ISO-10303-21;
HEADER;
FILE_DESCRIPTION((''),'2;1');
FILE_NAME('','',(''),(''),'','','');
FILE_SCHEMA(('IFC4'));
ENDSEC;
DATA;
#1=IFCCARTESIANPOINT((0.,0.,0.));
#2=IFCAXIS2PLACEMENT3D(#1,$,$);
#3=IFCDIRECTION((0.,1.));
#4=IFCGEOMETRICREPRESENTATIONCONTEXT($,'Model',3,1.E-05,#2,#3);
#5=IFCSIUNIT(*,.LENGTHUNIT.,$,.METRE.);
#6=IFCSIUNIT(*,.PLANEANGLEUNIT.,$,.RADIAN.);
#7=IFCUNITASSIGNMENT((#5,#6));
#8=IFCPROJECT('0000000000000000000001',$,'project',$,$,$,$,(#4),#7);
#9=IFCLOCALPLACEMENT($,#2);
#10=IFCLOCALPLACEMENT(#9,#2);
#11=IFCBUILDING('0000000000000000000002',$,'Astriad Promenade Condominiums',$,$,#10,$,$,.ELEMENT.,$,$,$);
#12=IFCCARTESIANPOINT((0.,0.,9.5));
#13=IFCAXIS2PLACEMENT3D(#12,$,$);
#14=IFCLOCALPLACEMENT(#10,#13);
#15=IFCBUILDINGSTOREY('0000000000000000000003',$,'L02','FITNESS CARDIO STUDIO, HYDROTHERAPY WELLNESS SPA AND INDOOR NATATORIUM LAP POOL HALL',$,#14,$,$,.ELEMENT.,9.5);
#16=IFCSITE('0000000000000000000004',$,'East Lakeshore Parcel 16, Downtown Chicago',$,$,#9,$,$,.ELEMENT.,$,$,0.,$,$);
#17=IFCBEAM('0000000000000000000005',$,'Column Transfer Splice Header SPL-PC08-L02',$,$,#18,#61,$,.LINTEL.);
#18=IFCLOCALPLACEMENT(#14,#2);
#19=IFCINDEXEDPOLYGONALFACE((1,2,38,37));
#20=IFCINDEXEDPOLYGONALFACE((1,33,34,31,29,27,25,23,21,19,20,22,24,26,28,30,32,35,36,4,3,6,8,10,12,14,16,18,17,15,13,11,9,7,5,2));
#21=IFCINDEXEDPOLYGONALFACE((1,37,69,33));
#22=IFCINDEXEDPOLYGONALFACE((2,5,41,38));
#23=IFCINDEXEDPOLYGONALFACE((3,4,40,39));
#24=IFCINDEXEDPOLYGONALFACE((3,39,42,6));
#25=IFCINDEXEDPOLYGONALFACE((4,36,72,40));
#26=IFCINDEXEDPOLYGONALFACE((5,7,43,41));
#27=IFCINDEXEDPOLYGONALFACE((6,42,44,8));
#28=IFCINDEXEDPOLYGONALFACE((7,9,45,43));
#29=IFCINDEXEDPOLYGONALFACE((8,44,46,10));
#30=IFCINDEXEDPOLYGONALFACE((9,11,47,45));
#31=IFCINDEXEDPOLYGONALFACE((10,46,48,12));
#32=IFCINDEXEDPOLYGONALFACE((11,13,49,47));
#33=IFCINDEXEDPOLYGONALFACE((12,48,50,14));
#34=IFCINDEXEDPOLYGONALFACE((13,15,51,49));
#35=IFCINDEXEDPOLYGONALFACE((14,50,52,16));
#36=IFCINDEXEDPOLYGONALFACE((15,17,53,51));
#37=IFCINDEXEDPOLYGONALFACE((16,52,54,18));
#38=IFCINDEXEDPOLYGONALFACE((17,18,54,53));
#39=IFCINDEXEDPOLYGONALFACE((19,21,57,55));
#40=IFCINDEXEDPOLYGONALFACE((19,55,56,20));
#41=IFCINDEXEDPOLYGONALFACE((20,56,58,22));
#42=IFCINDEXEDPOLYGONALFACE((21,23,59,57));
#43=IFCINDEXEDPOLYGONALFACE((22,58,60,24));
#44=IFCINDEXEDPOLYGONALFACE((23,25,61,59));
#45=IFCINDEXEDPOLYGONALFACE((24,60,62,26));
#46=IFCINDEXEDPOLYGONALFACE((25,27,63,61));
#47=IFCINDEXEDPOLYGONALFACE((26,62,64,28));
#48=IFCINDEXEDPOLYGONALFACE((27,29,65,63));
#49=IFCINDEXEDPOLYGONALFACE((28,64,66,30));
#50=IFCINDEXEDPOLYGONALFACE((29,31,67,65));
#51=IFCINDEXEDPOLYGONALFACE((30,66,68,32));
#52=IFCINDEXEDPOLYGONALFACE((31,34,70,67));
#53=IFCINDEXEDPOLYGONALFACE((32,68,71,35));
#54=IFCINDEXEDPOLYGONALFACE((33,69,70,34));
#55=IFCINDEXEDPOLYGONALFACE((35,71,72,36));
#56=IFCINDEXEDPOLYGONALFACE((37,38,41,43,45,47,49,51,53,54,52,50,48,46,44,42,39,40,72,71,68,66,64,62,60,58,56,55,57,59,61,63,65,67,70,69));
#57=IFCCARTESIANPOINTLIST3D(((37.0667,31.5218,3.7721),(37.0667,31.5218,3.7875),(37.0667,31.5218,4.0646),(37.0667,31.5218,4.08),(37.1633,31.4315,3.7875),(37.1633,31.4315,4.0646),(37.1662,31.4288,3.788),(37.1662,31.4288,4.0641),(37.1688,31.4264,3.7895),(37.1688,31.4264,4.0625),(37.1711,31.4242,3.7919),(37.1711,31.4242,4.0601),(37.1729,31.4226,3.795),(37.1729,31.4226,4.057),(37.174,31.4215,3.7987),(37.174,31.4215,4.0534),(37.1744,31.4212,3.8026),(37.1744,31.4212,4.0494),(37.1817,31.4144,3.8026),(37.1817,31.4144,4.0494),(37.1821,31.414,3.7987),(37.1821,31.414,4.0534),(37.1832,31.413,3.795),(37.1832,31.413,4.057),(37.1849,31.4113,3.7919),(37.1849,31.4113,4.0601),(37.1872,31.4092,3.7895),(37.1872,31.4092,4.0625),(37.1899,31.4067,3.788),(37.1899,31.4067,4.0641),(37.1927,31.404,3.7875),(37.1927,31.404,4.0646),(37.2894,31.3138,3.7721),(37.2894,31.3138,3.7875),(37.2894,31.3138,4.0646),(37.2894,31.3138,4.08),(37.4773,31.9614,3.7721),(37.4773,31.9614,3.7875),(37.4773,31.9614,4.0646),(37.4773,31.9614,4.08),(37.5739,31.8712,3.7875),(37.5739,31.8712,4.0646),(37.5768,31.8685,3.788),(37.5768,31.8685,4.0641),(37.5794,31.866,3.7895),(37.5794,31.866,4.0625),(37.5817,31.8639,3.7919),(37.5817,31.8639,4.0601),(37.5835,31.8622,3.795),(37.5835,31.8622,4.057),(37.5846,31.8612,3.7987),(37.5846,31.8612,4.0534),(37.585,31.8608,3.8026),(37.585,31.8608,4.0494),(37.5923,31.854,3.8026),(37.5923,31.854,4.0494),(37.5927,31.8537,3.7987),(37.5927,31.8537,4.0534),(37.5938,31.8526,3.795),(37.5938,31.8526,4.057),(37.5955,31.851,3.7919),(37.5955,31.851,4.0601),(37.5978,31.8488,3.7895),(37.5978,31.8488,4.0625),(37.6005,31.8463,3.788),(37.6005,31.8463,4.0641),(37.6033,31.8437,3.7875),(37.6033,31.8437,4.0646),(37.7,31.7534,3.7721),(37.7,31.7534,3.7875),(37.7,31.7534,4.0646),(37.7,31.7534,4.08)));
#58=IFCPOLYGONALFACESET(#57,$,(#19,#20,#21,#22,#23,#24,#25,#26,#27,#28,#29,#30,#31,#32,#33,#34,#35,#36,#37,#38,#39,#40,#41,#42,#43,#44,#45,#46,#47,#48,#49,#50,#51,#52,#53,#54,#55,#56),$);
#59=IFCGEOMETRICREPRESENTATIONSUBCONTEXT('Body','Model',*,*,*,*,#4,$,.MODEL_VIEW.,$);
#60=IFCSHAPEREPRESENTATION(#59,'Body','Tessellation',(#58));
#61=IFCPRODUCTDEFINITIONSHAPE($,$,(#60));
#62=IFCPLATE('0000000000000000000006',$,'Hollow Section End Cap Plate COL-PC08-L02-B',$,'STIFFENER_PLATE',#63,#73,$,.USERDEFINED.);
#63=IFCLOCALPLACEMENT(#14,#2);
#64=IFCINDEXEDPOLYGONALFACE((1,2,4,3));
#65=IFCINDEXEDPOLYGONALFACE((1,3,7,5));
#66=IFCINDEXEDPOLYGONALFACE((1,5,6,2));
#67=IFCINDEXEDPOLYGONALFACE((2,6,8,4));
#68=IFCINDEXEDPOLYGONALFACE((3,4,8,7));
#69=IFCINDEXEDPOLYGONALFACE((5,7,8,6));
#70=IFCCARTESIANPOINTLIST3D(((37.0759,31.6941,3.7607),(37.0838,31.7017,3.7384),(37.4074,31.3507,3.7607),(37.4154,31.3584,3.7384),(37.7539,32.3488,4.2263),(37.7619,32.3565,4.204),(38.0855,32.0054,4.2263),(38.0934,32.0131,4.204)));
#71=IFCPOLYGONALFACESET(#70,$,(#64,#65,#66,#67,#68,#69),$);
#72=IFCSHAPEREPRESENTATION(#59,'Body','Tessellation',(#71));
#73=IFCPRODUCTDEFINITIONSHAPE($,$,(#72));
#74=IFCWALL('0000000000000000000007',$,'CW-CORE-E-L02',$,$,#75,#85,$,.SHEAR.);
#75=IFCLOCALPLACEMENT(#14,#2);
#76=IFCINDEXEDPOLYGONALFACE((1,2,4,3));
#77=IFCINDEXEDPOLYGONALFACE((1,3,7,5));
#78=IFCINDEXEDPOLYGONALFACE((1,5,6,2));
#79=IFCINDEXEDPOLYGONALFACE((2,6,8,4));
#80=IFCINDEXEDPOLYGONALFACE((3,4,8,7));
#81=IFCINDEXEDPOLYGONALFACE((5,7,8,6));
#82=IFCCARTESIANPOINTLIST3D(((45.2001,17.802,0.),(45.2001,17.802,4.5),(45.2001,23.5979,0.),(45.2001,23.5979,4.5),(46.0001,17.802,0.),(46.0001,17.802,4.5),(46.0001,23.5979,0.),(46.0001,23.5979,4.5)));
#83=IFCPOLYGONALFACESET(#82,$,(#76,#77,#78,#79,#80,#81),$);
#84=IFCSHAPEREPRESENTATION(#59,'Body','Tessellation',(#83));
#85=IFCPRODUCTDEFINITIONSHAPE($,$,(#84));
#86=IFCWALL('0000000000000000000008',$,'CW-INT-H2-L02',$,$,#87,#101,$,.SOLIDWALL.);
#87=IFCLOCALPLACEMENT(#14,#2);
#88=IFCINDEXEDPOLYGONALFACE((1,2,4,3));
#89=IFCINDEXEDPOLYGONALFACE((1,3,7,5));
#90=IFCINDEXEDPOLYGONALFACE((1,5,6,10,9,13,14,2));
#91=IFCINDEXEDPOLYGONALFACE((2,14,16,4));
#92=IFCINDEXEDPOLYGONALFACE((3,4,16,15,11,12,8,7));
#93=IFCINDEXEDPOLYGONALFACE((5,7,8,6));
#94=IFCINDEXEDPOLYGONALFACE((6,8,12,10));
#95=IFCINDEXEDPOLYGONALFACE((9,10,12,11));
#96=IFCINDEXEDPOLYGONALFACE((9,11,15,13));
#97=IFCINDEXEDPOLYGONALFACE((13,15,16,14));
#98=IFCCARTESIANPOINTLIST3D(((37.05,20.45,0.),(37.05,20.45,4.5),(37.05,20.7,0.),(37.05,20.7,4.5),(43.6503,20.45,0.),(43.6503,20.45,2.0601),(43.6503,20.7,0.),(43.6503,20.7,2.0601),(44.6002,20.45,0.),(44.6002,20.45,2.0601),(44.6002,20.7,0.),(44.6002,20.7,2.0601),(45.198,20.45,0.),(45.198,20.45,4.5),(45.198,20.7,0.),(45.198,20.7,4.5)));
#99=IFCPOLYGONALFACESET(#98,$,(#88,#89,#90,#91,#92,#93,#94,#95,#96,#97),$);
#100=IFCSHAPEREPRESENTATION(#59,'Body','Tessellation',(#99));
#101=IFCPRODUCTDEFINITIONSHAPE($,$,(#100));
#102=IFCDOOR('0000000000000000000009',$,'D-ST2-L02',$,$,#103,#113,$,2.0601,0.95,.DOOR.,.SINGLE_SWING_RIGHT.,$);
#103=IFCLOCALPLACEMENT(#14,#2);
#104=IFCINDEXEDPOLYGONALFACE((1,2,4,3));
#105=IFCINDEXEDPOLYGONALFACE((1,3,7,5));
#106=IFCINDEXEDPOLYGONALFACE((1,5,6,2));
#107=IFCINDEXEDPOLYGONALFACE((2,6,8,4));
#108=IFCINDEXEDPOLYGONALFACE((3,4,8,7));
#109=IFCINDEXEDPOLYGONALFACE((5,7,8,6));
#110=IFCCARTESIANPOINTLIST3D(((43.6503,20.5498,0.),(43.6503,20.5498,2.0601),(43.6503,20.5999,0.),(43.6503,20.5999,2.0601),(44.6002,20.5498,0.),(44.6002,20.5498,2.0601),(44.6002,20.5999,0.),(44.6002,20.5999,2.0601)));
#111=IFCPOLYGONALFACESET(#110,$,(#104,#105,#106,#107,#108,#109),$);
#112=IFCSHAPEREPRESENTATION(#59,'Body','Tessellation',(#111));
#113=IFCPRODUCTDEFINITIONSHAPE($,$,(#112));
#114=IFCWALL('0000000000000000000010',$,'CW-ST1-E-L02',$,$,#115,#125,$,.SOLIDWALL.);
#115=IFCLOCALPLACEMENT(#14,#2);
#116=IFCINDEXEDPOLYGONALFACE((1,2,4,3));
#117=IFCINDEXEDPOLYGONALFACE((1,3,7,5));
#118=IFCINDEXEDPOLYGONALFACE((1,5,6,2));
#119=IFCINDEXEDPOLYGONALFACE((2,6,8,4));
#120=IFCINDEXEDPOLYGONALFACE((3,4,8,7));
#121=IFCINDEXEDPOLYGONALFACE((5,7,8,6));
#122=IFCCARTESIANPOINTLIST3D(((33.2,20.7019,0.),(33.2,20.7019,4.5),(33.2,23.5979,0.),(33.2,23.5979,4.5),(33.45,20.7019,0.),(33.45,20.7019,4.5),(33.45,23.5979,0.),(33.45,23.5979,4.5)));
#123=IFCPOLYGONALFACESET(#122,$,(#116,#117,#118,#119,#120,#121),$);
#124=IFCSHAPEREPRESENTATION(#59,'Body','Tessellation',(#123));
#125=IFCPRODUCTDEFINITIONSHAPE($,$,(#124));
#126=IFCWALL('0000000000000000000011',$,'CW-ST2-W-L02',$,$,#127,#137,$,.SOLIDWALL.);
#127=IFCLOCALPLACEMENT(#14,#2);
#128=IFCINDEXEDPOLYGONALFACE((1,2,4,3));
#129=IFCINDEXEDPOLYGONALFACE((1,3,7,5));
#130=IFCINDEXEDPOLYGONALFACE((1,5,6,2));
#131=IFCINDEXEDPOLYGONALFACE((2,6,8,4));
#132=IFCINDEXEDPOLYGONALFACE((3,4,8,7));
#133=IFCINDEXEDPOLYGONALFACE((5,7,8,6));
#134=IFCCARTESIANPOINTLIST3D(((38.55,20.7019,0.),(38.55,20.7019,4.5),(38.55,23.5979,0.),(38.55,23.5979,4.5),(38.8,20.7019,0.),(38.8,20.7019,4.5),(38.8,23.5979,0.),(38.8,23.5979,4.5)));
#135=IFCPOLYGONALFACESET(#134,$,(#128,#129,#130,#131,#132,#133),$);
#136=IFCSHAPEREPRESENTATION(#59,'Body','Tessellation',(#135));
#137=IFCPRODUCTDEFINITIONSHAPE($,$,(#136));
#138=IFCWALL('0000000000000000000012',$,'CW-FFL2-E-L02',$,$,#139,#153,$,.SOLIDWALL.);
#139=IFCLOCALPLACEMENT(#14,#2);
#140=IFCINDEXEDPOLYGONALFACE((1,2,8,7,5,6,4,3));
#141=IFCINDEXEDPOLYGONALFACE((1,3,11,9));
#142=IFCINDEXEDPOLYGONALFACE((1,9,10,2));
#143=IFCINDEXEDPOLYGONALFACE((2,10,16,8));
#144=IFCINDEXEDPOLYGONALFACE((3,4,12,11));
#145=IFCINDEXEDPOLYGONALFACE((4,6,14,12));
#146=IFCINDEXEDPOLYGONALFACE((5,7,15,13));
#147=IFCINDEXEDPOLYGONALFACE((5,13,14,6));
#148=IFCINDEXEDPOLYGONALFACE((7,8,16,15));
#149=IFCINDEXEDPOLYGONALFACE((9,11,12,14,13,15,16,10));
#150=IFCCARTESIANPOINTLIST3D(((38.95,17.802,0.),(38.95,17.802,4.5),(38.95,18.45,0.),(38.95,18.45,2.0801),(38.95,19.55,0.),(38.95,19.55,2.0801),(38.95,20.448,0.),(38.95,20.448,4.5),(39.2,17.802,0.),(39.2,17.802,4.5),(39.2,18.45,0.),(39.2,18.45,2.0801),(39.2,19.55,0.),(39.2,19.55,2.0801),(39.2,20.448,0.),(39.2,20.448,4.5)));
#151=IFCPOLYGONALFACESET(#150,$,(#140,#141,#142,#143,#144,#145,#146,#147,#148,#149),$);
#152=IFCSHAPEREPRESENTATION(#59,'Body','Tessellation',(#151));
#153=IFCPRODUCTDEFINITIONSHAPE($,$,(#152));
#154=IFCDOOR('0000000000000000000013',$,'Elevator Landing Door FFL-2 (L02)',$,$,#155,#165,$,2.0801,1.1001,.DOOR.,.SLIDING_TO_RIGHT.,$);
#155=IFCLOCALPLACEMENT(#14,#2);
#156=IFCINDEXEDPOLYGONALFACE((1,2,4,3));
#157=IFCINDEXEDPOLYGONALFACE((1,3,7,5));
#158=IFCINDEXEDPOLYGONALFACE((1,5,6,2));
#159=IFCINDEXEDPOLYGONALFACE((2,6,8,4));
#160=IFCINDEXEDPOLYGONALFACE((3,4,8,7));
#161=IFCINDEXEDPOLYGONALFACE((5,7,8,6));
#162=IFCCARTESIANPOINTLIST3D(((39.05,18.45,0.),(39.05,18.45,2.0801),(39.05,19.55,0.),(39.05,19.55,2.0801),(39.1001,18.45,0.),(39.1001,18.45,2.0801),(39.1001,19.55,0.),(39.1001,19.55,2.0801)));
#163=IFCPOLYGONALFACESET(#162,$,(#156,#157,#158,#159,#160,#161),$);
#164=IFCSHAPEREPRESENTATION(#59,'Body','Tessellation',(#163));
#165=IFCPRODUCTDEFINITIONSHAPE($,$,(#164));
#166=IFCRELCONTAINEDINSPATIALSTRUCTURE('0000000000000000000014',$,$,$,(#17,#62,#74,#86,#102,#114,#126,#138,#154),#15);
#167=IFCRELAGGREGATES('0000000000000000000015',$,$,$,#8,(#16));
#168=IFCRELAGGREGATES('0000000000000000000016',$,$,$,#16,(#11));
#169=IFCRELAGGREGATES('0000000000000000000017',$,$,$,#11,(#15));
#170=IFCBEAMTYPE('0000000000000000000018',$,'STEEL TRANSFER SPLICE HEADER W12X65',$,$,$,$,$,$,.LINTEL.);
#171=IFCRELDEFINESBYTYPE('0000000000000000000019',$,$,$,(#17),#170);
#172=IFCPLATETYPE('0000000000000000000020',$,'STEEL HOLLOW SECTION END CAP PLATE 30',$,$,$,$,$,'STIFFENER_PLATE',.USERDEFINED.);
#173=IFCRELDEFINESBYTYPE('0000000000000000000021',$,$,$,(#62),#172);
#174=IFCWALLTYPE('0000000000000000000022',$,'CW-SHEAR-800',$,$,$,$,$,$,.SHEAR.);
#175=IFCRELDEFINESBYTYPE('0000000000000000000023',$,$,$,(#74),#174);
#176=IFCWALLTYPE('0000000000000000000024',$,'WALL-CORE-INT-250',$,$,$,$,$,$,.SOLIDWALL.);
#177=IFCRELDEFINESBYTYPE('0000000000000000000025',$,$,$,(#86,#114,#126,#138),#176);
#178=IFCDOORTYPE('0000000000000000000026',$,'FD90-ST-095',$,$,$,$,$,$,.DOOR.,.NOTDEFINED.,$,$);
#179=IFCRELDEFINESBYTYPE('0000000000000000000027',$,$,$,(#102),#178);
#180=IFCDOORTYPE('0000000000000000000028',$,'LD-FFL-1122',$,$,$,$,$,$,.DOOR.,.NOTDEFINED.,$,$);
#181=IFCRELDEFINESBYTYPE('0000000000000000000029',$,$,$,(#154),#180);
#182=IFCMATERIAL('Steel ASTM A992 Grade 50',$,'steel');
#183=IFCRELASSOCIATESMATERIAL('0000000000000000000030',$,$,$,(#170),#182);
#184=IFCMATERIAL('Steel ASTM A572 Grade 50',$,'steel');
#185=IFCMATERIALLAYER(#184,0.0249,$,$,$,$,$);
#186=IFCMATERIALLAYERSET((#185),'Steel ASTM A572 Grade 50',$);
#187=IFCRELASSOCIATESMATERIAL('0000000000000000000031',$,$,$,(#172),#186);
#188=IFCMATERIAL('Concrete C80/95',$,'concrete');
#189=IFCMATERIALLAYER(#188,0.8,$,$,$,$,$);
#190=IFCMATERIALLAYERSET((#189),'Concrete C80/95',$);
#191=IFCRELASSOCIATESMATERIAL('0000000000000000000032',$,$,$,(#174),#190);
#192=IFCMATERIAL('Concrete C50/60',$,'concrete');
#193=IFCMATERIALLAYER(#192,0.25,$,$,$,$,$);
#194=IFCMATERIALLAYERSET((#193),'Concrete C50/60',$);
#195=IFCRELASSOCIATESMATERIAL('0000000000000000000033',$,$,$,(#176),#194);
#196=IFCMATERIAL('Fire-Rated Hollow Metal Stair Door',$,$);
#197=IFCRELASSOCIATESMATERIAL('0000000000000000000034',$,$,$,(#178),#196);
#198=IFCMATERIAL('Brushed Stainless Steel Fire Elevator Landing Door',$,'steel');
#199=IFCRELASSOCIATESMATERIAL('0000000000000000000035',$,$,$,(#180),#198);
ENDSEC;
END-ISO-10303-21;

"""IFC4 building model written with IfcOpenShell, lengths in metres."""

from ifc_helpers import new_model, si_unit, direction, frame, frame_2d, origin, origin_2d, place, context, subcontext, project, spatial, rectangle, i_section, extrude, source, transform, mapped, material, layer, layer_set, material_profile, profile_set, type_object, type_shapes, element, fill, save


model = new_model("IFC4")

# Units and contexts
model_context = context("Model", 3, precision=1e-05, world=origin(), true_north=direction((0.0, 1.0)))
body_context = subcontext(model_context, "Body", "Model", "MODEL_VIEW")
ifc_project = project(units=[si_unit("LENGTHUNIT", "METRE"), si_unit("PLANEANGLEUNIT", "RADIAN")], contexts=[model_context])

# Site, building, storey
site_placement = place(None, origin())
site = spatial("IfcSite", under=ifc_project, at=site_placement, Name="East Lakeshore Parcel 16, Downtown Chicago", CompositionType="ELEMENT", RefElevation=0.0)
building_placement = place(site_placement, origin())
building = spatial("IfcBuilding", under=site, at=building_placement, Name="Astriad Promenade Condominiums", CompositionType="ELEMENT")
storey_placement = place(building_placement, frame((0.0, 0.0, 9.5)))
storey = spatial("IfcBuildingStorey", under=building, at=storey_placement, Name="L02", Description="FITNESS CARDIO STUDIO, HYDROTHERAPY WELLNESS SPA AND INDOOR NATATORIUM LAP POOL HALL", CompositionType="ELEMENT", Elevation=9.5)

# Shared definitions
ifc_material_1 = material(Name="Steel ASTM A992 Grade 50", Category="steel")

# Beam
ifc_material_profile_1 = material_profile(ifc_material_1, i_section(OverallWidth=0.3047, OverallDepth=0.3079, WebThickness=0.01, FlangeThickness=0.0154, FilletRadius=0.0151, at=origin_2d()), Name="W12X65")
ifc_profile_set_1 = profile_set([ifc_material_profile_1], Name="Steel ASTM A992 Grade 50")
beam_type_1 = type_object("IfcBeamType", Name="STEEL TRANSFER SPLICE HEADER W12X65", PredefinedType="LINTEL", material=ifc_profile_set_1)
shared_shape_1 = source(origin(), body_context, "Body", "SweptSolid", [
    extrude(i_section(OverallWidth=0.3047, OverallDepth=0.3079, WebThickness=0.01, FlangeThickness=0.0154, FilletRadius=0.0151, at=origin_2d()), origin(), (0.0, 0.0, 1.0), 0.6016),
])
type_shapes(beam_type_1, [shared_shape_1])
beam_1_placement = place(storey_placement, frame((37.5886, 31.8574, 3.926), z_axis=(-0.68255, -0.730839, 0.0), x_axis=(0.730839, -0.68255, 0.0)))
element("IfcBeam", 1, at=beam_1_placement, inside=storey, type_object=beam_type_1, Name="Column Transfer Splice Header SPL-PC08-L02", PredefinedType="LINTEL", context=body_context, shape_type="MappedRepresentation", body=[
    mapped(shared_shape_1, transform((0.0, 0.0, 0.0), scale=1.0)),
])

# Plate
ifc_material_2 = material(Name="Steel ASTM A572 Grade 50", Category="steel")
ifc_layer_1 = layer(ifc_material_2, 0.0249)
ifc_layer_set_1 = layer_set([ifc_layer_1], Name="Steel ASTM A572 Grade 50")
plate_type = type_object("IfcPlateType", Name="STEEL HOLLOW SECTION END CAP PLATE 30", ElementType="STIFFENER_PLATE", PredefinedType="USERDEFINED", material=ifc_layer_set_1)
shared_shape_2 = source(origin(), body_context, "Body", "SweptSolid", [
    extrude(rectangle(XDim=0.4773, YDim=1.0513, at=origin_2d()), origin(), (0.0, 0.0, 1.0), 0.0249),
])
type_shapes(plate_type, [shared_shape_2])
plate_placement = place(storey_placement, frame((37.5886, 31.8574, 3.9712), z_axis=(-0.318617, -0.30766, 0.896565), x_axis=(0.69463, -0.719367, 0.0)))
element("IfcPlate", 2, at=plate_placement, inside=storey, type_object=plate_type, Name="Hollow Section End Cap Plate COL-PC08-L02-B", ObjectType="STIFFENER_PLATE", PredefinedType="USERDEFINED", context=body_context, shape_type="MappedRepresentation", body=[
    mapped(shared_shape_2, transform((0.0, 0.0, 0.0), scale=1.0)),
])

# Wall
ifc_material_3 = material(Name="Concrete C80/95", Category="concrete")
ifc_layer_2 = layer(ifc_material_3, 0.8)
ifc_layer_set_2 = layer_set([ifc_layer_2], Name="Concrete C80/95")
wall_type_1 = type_object("IfcWallType", Name="CW-SHEAR-800", PredefinedType="SHEAR", material=ifc_layer_set_2)
wall_1_placement = place(storey_placement, frame((45.6001, 17.802, 0.0), z_axis=(0.0, 0.0, 1.0), x_axis=(0.0, 1.0, 0.0)))
element("IfcWall", 3, at=wall_1_placement, inside=storey, type_object=wall_type_1, Name="CW-CORE-E-L02", PredefinedType="SHEAR", context=body_context, shape_type="SweptSolid", body=[
    extrude(rectangle(XDim=5.7959, YDim=0.8, at=frame_2d((2.8979, 0.0))), origin(), (0.0, 0.0, 1.0), 4.5),
])

# Wall, opening, door
ifc_material_4 = material(Name="Concrete C50/60", Category="concrete")
ifc_layer_3 = layer(ifc_material_4, 0.25)
ifc_layer_set_3 = layer_set([ifc_layer_3], Name="Concrete C50/60")
wall_type_2 = type_object("IfcWallType", Name="WALL-CORE-INT-250", PredefinedType="SOLIDWALL", material=ifc_layer_set_3)
wall_2_placement = place(storey_placement, frame((37.05, 20.575, 0.0), z_axis=(0.0, 0.0, 1.0), x_axis=(1.0, 0.0, 0.0)))
wall_2 = element("IfcWall", 4, at=wall_2_placement, inside=storey, type_object=wall_type_2, Name="CW-INT-H2-L02", PredefinedType="SOLIDWALL", context=body_context, shape_type="SweptSolid", body=[
    extrude(rectangle(XDim=8.1479, YDim=0.25, at=frame_2d((4.074, 0.0))), origin(), (0.0, 0.0, 1.0), 4.5),
])
opening_1_placement = place(wall_2_placement, frame((6.6001, 0.0, 0.0)))
opening_1 = element("IfcOpeningElement", 5, at=opening_1_placement, cuts=wall_2, PredefinedType="OPENING", context=body_context, shape_type="SweptSolid", body=[
    extrude(rectangle(XDim=0.95, YDim=2.0601, at=frame_2d((0.4751, 1.03))), frame((0.0, 0.135, 0.0), z_axis=(0.0, -1.0, 0.0), x_axis=(1.0, 0.0, 0.0)), (0.0, 0.0, 1.0), 0.27),
])
ifc_material_5 = material(Name="Fire-Rated Hollow Metal Stair Door")
door_type_1 = type_object("IfcDoorType", Name="FD90-ST-095", OperationType="NOTDEFINED", PredefinedType="DOOR", material=ifc_material_5)
shared_shape_3 = source(origin(), body_context, "Body", "SweptSolid", [
    extrude(rectangle(XDim=0.95, YDim=2.0601, at=frame_2d((0.4751, 1.03))), frame((0.0, 0.0249, 0.0), z_axis=(0.0, -1.0, 0.0), x_axis=(1.0, 0.0, 0.0)), (0.0, 0.0, 1.0), 0.05),
])
type_shapes(door_type_1, [shared_shape_3])
door_1_placement = place(opening_1_placement, origin())
door_1 = element("IfcDoor", 6, at=door_1_placement, inside=storey, type_object=door_type_1, Name="D-ST2-L02", OperationType="SINGLE_SWING_RIGHT", OverallHeight=2.0601, OverallWidth=0.95, PredefinedType="DOOR", context=body_context, shape_type="MappedRepresentation", body=[
    mapped(shared_shape_3, transform((0.0, 0.0, 0.0), scale=1.0)),
])
fill(opening_1, door_1)

# Walls
for number, where, z_axis, x_axis, name in (
    (7, (33.325, 20.7019, 0.0), (0.0, 0.0, 1.0), (0.0, 1.0, 0.0), "CW-ST1-E-L02"),
    (8, (38.675, 20.7019, 0.0), (0.0, 0.0, 1.0), (0.0, 1.0, 0.0), "CW-ST2-W-L02"),
):
    element("IfcWall", number, at=place(storey_placement, frame(where, z_axis=z_axis, x_axis=x_axis)), inside=storey, type_object=wall_type_2, Name=name, PredefinedType="SOLIDWALL", context=body_context, shape_type="SweptSolid", body=[
        extrude(rectangle(XDim=2.896, YDim=0.25, at=frame_2d((1.448, 0.0))), origin(), (0.0, 0.0, 1.0), 4.5),
    ])

# Wall, opening, door
wall_3_placement = place(storey_placement, frame((39.075, 17.802, 0.0), z_axis=(0.0, 0.0, 1.0), x_axis=(0.0, 1.0, 0.0)))
wall_3 = element("IfcWall", 9, at=wall_3_placement, inside=storey, type_object=wall_type_2, Name="CW-FFL2-E-L02", PredefinedType="SOLIDWALL", context=body_context, shape_type="SweptSolid", body=[
    extrude(rectangle(XDim=2.646, YDim=0.25, at=frame_2d((1.323, 0.0))), origin(), (0.0, 0.0, 1.0), 4.5),
])
opening_2_placement = place(wall_3_placement, frame((0.6479, 0.0, 0.0)))
opening_2 = element("IfcOpeningElement", 10, at=opening_2_placement, cuts=wall_3, PredefinedType="OPENING", context=body_context, shape_type="SweptSolid", body=[
    extrude(rectangle(XDim=1.1001, YDim=2.0801, at=frame_2d((0.55, 1.04))), frame((0.0, 0.135, 0.0), z_axis=(0.0, -1.0, 0.0), x_axis=(1.0, 0.0, 0.0)), (0.0, 0.0, 1.0), 0.27),
])
ifc_material_6 = material(Name="Brushed Stainless Steel Fire Elevator Landing Door", Category="steel")
door_type_2 = type_object("IfcDoorType", Name="LD-FFL-1122", OperationType="NOTDEFINED", PredefinedType="DOOR", material=ifc_material_6)
shared_shape_4 = source(origin(), body_context, "Body", "SweptSolid", [
    extrude(rectangle(XDim=1.1001, YDim=2.0801, at=frame_2d((0.55, 1.04))), frame((0.0, 0.0249, 0.0), z_axis=(0.0, -1.0, 0.0), x_axis=(1.0, 0.0, 0.0)), (0.0, 0.0, 1.0), 0.05),
])
type_shapes(door_type_2, [shared_shape_4])
door_2_placement = place(opening_2_placement, origin())
door_2 = element("IfcDoor", 11, at=door_2_placement, inside=storey, type_object=door_type_2, Name="Elevator Landing Door FFL-2 (L02)", OperationType="SLIDING_TO_RIGHT", OverallHeight=2.0801, OverallWidth=1.1001, PredefinedType="DOOR", context=body_context, shape_type="MappedRepresentation", body=[
    mapped(shared_shape_4, transform((0.0, 0.0, 0.0), scale=1.0)),
])
fill(opening_2, door_2)

save(model, "model.ifc")
